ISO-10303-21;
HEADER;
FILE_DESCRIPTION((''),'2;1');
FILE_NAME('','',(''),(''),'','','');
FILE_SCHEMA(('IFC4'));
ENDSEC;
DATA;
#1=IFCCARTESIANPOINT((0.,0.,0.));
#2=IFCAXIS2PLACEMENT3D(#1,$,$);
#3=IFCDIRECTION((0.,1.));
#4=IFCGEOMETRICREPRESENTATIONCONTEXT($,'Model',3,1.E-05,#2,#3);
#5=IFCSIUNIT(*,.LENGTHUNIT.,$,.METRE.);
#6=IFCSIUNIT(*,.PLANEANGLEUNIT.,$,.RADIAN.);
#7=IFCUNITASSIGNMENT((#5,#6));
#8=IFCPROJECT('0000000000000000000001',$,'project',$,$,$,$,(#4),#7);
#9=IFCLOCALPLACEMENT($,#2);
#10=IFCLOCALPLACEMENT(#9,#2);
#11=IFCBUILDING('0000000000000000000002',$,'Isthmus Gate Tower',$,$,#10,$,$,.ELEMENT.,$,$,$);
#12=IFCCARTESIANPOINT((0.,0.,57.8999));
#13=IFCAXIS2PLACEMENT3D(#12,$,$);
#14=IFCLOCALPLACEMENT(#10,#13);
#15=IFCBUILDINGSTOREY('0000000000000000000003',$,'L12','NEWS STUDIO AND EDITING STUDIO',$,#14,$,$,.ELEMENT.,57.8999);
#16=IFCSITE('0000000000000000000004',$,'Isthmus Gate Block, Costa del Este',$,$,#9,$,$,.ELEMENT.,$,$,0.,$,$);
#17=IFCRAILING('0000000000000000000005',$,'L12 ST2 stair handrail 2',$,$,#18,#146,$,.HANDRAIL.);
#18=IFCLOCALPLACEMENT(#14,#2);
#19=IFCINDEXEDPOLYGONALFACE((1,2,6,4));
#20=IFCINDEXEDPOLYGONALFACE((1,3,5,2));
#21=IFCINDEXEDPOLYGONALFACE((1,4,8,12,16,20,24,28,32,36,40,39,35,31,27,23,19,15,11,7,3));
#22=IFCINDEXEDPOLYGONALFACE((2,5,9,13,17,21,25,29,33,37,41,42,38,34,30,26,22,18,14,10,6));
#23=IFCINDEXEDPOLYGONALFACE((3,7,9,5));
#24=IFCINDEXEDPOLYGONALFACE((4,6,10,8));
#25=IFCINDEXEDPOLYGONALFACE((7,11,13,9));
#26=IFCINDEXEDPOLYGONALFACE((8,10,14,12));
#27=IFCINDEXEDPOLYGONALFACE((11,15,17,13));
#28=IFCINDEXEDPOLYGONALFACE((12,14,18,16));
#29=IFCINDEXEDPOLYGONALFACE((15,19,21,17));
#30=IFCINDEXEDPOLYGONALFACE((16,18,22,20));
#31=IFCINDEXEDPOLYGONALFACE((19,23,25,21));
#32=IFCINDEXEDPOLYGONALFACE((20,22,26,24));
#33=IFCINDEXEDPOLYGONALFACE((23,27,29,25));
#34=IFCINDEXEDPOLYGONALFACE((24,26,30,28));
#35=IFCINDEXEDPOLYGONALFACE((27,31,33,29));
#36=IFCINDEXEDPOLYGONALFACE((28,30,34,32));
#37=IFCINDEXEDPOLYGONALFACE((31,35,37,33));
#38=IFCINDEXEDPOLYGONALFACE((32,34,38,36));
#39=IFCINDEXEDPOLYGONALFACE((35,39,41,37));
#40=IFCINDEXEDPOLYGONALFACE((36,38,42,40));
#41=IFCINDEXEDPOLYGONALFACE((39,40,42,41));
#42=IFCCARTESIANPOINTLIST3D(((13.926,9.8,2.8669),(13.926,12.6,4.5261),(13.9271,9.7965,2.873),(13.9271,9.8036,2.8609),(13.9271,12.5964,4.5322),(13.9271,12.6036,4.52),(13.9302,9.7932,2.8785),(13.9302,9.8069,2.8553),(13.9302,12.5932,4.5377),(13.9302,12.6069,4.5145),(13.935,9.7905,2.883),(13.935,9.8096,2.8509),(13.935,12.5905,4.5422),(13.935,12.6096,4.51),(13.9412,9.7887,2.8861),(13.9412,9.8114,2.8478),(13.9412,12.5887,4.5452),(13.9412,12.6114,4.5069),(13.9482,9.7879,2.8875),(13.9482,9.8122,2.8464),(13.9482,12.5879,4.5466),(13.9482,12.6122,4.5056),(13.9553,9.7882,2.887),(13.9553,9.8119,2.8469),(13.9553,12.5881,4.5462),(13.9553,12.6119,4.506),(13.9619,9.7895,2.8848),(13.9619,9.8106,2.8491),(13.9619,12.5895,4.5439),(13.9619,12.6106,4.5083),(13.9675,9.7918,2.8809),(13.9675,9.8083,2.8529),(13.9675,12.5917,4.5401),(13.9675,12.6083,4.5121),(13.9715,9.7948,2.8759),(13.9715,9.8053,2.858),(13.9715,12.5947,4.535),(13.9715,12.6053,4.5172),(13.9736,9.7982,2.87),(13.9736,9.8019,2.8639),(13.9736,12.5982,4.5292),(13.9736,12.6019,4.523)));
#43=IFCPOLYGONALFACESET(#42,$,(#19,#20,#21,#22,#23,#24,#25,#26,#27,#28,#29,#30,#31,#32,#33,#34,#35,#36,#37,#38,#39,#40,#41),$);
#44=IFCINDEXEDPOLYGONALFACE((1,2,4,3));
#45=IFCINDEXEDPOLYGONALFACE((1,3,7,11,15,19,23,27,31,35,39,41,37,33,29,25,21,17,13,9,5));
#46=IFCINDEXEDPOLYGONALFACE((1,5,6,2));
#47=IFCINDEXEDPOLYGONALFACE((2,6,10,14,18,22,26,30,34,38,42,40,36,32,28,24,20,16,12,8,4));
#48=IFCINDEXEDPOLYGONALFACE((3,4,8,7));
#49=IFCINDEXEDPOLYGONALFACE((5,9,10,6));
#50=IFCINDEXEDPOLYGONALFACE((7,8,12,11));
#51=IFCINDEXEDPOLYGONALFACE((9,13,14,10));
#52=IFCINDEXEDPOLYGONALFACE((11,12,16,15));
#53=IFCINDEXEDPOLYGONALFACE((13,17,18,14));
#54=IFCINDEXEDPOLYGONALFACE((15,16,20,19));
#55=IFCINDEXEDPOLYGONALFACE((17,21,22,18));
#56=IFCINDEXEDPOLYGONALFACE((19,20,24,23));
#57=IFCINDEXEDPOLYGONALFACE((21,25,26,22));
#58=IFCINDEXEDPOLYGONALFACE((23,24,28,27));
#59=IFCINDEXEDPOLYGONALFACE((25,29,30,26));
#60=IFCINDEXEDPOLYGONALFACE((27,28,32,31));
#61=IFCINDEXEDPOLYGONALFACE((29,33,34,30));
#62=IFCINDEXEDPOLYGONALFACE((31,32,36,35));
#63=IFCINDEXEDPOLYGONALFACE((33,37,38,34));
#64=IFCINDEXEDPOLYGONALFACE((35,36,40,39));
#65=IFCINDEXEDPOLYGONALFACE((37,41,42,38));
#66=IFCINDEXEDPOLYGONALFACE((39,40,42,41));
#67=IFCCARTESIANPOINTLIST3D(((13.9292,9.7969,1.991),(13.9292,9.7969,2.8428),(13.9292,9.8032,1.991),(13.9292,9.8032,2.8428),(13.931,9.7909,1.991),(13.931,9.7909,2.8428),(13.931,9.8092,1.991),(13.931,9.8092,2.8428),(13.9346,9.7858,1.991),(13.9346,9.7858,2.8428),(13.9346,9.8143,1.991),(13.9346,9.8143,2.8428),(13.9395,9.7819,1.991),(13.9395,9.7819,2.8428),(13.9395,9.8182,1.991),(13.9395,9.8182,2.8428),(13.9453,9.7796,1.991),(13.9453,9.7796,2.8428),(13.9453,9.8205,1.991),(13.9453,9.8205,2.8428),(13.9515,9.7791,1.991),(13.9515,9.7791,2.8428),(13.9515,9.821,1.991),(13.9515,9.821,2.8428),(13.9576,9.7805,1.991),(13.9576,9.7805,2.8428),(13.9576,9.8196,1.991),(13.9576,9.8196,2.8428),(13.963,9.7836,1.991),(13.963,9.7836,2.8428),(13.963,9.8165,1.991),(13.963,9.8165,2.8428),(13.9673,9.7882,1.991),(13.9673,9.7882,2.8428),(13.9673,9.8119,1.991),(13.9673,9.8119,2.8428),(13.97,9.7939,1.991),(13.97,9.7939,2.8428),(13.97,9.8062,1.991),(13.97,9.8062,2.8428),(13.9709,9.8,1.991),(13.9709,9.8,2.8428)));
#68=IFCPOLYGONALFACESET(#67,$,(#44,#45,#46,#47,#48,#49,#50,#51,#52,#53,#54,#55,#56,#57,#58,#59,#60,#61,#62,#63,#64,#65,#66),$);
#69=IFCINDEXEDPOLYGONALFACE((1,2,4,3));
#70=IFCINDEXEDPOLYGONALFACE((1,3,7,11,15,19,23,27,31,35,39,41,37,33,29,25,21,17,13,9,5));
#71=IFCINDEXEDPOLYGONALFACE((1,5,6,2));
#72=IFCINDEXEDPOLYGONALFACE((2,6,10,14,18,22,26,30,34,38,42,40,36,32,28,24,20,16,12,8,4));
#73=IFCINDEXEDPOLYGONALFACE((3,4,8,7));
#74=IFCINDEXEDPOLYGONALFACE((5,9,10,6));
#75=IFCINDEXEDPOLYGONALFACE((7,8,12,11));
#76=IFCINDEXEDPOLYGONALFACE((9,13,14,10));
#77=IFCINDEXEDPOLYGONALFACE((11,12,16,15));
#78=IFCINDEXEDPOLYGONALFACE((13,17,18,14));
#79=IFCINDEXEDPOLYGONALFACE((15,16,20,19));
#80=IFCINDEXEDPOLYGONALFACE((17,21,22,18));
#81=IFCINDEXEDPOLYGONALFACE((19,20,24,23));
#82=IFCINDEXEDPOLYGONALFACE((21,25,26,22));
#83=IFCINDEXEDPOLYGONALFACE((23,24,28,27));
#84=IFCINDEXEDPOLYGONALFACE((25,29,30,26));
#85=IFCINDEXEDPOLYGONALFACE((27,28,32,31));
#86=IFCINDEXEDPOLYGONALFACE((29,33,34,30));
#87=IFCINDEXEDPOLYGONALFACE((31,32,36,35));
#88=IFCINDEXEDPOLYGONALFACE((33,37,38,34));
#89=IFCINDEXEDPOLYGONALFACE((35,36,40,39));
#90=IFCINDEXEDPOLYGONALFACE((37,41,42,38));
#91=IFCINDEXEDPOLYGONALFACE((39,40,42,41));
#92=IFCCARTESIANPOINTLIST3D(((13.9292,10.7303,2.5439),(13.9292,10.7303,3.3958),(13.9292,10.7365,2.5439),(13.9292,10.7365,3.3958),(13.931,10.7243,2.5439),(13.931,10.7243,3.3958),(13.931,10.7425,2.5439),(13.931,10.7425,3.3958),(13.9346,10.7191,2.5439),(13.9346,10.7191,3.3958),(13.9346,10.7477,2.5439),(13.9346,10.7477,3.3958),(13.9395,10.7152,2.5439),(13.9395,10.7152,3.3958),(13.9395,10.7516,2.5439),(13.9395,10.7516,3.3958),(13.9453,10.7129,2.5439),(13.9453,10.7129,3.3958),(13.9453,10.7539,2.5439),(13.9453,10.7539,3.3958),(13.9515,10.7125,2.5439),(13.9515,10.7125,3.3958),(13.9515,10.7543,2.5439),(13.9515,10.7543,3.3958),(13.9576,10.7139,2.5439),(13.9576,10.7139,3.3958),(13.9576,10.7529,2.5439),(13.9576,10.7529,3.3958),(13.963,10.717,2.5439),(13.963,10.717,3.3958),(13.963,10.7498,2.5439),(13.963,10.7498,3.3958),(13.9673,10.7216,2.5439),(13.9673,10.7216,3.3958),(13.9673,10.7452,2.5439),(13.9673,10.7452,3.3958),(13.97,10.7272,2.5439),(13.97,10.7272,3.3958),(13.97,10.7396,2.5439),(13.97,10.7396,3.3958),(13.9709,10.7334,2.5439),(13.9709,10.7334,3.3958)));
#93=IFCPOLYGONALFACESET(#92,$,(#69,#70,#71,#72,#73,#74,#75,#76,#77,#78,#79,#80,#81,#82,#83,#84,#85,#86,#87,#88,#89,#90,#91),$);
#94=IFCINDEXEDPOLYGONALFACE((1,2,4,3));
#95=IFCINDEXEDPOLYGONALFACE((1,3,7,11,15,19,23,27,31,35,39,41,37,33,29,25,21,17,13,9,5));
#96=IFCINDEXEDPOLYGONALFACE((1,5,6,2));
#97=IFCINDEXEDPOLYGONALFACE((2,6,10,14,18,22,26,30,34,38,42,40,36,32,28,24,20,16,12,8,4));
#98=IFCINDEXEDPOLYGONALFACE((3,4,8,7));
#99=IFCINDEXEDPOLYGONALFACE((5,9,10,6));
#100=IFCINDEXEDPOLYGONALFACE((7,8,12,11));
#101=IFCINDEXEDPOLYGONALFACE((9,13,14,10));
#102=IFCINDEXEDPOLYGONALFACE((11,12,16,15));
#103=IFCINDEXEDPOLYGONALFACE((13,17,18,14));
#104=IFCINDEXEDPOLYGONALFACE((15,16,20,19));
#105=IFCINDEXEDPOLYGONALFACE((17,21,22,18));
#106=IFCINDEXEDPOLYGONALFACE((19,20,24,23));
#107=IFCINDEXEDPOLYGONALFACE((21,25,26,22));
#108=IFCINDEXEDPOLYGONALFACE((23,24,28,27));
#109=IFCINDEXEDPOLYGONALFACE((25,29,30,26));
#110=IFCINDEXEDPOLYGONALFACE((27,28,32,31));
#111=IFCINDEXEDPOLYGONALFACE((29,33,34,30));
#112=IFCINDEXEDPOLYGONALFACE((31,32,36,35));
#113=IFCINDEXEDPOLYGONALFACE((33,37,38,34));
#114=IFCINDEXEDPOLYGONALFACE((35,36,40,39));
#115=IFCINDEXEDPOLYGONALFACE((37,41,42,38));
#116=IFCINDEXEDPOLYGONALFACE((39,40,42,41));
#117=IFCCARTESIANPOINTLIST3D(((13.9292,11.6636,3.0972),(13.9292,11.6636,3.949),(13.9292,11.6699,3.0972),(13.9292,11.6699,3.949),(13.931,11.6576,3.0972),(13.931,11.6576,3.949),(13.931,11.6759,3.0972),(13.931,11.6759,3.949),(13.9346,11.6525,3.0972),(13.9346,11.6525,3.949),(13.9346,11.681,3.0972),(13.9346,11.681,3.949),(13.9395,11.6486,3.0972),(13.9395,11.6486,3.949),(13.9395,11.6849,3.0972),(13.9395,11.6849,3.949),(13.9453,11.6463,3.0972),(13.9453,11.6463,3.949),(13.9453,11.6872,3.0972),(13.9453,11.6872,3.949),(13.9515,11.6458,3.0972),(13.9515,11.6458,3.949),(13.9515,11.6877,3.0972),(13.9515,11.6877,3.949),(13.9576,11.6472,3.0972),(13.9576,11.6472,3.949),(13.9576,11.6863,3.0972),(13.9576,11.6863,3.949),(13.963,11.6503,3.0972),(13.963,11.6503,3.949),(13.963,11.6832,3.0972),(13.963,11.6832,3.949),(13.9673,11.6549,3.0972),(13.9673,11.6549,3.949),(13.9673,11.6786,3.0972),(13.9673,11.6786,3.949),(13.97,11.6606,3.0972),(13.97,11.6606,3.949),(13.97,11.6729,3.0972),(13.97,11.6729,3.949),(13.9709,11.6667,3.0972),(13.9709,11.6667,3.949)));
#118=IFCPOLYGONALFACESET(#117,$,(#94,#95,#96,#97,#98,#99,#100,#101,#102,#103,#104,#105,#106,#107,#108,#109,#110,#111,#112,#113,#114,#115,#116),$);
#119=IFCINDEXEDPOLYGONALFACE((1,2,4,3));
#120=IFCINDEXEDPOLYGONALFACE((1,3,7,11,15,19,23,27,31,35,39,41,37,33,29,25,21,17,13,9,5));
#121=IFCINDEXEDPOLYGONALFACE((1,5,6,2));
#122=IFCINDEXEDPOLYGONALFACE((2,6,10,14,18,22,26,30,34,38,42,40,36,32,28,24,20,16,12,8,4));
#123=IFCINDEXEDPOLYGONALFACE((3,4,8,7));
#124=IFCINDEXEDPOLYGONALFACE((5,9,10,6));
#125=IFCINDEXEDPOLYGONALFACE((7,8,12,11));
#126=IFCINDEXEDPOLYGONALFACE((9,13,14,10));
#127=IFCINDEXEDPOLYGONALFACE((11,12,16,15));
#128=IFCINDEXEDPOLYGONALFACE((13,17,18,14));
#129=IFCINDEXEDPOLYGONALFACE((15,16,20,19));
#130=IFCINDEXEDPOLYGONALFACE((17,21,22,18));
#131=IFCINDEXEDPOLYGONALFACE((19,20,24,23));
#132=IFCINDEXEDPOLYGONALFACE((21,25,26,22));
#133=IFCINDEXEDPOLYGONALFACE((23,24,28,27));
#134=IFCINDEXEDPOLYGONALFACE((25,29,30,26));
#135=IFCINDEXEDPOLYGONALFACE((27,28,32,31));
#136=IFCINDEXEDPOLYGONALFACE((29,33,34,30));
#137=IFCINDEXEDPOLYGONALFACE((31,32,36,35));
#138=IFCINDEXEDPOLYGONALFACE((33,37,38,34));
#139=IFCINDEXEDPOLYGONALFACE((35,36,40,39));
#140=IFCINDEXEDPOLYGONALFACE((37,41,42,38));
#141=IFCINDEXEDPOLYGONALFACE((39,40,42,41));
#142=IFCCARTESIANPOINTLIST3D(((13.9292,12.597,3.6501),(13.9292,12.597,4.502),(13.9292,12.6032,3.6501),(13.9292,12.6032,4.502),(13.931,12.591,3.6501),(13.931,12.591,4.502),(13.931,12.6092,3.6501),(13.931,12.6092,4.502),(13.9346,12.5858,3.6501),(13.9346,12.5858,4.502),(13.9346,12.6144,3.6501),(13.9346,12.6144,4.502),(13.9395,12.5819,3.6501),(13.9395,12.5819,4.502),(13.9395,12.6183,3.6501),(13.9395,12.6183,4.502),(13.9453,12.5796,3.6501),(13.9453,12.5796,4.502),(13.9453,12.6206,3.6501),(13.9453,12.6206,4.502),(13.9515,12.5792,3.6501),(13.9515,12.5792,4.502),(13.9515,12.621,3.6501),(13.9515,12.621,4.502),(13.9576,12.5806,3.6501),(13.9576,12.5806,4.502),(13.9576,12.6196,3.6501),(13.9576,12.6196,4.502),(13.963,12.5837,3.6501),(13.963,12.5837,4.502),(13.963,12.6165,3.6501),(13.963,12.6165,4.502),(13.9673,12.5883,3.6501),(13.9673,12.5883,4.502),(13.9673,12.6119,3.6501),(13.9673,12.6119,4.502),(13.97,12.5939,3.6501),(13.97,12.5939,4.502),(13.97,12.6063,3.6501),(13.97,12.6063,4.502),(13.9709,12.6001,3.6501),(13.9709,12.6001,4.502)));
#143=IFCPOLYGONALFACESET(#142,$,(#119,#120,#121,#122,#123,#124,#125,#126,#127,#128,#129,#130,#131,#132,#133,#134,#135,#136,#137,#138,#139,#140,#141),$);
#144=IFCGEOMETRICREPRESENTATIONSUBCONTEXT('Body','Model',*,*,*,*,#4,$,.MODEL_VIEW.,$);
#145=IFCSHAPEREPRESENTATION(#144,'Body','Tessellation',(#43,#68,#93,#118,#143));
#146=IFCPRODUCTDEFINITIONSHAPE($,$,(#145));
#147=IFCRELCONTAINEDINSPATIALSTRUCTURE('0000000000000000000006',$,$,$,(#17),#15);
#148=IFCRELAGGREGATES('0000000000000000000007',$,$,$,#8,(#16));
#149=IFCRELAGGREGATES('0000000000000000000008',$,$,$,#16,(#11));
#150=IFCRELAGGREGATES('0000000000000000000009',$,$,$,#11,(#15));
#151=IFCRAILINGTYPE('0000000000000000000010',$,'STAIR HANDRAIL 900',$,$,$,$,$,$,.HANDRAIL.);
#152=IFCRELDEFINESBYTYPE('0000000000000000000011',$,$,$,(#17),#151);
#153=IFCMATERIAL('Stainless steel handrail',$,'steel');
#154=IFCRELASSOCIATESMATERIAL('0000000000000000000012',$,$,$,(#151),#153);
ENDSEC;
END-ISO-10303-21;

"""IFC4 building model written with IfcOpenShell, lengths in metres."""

from ifc_helpers import new_model, si_unit, direction, frame, origin, origin_2d, place, context, subcontext, project, spatial, circle, extrude, material, type_object, element, save


model = new_model("IFC4")

# Units and contexts
model_context = context("Model", 3, precision=1e-05, world=origin(), true_north=direction((0.0, 1.0)))
body_context = subcontext(model_context, "Body", "Model", "MODEL_VIEW")
ifc_project = project(units=[si_unit("LENGTHUNIT", "METRE"), si_unit("PLANEANGLEUNIT", "RADIAN")], contexts=[model_context])

# Site, building, storey
site_placement = place(None, origin())
site = spatial("IfcSite", under=ifc_project, at=site_placement, Name="Isthmus Gate Block, Costa del Este", CompositionType="ELEMENT", RefElevation=0.0)
building_placement = place(site_placement, origin())
building = spatial("IfcBuilding", under=site, at=building_placement, Name="Isthmus Gate Tower", CompositionType="ELEMENT")
storey_placement = place(building_placement, frame((0.0, 0.0, 57.8999)))
storey = spatial("IfcBuildingStorey", under=building, at=storey_placement, Name="L12", Description="NEWS STUDIO AND EDITING STUDIO", CompositionType="ELEMENT", Elevation=57.8999)

# Railing
ifc_material_1 = material(Name="Stainless steel handrail", Category="steel")
railing_type = type_object("IfcRailingType", Name="STAIR HANDRAIL 900", PredefinedType="HANDRAIL", material=ifc_material_1)
for number, where, name in (
    (1, (13.95, 9.8, 1.991), "L12 ST2 stair handrail 2"),
):
    element("IfcRailing", number, at=place(storey_placement, frame(where)), inside=storey, type_object=railing_type, Name=name, PredefinedType="HANDRAIL", context=body_context, shape_type="SweptSolid", body=[
        extrude(circle(Radius=0.0239, at=origin_2d()), frame((0.0, 0.0, 0.876), z_axis=(0.0, 0.860306, 0.509778), x_axis=(-1.0, 0.0, 0.0)), (0.0, 0.0, 1.0), 3.2546),
        extrude(circle(Radius=0.021, at=origin_2d()), origin(), (0.0, 0.0, 1.0), 0.8518),
        extrude(circle(Radius=0.021, at=origin_2d()), frame((0.0, 0.9333, 0.553)), (0.0, 0.0, 1.0), 0.8518),
        extrude(circle(Radius=0.021, at=origin_2d()), frame((0.0, 1.8667, 1.1062)), (0.0, 0.0, 1.0), 0.8518),
        extrude(circle(Radius=0.021, at=origin_2d()), frame((0.0, 2.8, 1.6592)), (0.0, 0.0, 1.0), 0.8518),
    ])

save(model, "model.ifc")
